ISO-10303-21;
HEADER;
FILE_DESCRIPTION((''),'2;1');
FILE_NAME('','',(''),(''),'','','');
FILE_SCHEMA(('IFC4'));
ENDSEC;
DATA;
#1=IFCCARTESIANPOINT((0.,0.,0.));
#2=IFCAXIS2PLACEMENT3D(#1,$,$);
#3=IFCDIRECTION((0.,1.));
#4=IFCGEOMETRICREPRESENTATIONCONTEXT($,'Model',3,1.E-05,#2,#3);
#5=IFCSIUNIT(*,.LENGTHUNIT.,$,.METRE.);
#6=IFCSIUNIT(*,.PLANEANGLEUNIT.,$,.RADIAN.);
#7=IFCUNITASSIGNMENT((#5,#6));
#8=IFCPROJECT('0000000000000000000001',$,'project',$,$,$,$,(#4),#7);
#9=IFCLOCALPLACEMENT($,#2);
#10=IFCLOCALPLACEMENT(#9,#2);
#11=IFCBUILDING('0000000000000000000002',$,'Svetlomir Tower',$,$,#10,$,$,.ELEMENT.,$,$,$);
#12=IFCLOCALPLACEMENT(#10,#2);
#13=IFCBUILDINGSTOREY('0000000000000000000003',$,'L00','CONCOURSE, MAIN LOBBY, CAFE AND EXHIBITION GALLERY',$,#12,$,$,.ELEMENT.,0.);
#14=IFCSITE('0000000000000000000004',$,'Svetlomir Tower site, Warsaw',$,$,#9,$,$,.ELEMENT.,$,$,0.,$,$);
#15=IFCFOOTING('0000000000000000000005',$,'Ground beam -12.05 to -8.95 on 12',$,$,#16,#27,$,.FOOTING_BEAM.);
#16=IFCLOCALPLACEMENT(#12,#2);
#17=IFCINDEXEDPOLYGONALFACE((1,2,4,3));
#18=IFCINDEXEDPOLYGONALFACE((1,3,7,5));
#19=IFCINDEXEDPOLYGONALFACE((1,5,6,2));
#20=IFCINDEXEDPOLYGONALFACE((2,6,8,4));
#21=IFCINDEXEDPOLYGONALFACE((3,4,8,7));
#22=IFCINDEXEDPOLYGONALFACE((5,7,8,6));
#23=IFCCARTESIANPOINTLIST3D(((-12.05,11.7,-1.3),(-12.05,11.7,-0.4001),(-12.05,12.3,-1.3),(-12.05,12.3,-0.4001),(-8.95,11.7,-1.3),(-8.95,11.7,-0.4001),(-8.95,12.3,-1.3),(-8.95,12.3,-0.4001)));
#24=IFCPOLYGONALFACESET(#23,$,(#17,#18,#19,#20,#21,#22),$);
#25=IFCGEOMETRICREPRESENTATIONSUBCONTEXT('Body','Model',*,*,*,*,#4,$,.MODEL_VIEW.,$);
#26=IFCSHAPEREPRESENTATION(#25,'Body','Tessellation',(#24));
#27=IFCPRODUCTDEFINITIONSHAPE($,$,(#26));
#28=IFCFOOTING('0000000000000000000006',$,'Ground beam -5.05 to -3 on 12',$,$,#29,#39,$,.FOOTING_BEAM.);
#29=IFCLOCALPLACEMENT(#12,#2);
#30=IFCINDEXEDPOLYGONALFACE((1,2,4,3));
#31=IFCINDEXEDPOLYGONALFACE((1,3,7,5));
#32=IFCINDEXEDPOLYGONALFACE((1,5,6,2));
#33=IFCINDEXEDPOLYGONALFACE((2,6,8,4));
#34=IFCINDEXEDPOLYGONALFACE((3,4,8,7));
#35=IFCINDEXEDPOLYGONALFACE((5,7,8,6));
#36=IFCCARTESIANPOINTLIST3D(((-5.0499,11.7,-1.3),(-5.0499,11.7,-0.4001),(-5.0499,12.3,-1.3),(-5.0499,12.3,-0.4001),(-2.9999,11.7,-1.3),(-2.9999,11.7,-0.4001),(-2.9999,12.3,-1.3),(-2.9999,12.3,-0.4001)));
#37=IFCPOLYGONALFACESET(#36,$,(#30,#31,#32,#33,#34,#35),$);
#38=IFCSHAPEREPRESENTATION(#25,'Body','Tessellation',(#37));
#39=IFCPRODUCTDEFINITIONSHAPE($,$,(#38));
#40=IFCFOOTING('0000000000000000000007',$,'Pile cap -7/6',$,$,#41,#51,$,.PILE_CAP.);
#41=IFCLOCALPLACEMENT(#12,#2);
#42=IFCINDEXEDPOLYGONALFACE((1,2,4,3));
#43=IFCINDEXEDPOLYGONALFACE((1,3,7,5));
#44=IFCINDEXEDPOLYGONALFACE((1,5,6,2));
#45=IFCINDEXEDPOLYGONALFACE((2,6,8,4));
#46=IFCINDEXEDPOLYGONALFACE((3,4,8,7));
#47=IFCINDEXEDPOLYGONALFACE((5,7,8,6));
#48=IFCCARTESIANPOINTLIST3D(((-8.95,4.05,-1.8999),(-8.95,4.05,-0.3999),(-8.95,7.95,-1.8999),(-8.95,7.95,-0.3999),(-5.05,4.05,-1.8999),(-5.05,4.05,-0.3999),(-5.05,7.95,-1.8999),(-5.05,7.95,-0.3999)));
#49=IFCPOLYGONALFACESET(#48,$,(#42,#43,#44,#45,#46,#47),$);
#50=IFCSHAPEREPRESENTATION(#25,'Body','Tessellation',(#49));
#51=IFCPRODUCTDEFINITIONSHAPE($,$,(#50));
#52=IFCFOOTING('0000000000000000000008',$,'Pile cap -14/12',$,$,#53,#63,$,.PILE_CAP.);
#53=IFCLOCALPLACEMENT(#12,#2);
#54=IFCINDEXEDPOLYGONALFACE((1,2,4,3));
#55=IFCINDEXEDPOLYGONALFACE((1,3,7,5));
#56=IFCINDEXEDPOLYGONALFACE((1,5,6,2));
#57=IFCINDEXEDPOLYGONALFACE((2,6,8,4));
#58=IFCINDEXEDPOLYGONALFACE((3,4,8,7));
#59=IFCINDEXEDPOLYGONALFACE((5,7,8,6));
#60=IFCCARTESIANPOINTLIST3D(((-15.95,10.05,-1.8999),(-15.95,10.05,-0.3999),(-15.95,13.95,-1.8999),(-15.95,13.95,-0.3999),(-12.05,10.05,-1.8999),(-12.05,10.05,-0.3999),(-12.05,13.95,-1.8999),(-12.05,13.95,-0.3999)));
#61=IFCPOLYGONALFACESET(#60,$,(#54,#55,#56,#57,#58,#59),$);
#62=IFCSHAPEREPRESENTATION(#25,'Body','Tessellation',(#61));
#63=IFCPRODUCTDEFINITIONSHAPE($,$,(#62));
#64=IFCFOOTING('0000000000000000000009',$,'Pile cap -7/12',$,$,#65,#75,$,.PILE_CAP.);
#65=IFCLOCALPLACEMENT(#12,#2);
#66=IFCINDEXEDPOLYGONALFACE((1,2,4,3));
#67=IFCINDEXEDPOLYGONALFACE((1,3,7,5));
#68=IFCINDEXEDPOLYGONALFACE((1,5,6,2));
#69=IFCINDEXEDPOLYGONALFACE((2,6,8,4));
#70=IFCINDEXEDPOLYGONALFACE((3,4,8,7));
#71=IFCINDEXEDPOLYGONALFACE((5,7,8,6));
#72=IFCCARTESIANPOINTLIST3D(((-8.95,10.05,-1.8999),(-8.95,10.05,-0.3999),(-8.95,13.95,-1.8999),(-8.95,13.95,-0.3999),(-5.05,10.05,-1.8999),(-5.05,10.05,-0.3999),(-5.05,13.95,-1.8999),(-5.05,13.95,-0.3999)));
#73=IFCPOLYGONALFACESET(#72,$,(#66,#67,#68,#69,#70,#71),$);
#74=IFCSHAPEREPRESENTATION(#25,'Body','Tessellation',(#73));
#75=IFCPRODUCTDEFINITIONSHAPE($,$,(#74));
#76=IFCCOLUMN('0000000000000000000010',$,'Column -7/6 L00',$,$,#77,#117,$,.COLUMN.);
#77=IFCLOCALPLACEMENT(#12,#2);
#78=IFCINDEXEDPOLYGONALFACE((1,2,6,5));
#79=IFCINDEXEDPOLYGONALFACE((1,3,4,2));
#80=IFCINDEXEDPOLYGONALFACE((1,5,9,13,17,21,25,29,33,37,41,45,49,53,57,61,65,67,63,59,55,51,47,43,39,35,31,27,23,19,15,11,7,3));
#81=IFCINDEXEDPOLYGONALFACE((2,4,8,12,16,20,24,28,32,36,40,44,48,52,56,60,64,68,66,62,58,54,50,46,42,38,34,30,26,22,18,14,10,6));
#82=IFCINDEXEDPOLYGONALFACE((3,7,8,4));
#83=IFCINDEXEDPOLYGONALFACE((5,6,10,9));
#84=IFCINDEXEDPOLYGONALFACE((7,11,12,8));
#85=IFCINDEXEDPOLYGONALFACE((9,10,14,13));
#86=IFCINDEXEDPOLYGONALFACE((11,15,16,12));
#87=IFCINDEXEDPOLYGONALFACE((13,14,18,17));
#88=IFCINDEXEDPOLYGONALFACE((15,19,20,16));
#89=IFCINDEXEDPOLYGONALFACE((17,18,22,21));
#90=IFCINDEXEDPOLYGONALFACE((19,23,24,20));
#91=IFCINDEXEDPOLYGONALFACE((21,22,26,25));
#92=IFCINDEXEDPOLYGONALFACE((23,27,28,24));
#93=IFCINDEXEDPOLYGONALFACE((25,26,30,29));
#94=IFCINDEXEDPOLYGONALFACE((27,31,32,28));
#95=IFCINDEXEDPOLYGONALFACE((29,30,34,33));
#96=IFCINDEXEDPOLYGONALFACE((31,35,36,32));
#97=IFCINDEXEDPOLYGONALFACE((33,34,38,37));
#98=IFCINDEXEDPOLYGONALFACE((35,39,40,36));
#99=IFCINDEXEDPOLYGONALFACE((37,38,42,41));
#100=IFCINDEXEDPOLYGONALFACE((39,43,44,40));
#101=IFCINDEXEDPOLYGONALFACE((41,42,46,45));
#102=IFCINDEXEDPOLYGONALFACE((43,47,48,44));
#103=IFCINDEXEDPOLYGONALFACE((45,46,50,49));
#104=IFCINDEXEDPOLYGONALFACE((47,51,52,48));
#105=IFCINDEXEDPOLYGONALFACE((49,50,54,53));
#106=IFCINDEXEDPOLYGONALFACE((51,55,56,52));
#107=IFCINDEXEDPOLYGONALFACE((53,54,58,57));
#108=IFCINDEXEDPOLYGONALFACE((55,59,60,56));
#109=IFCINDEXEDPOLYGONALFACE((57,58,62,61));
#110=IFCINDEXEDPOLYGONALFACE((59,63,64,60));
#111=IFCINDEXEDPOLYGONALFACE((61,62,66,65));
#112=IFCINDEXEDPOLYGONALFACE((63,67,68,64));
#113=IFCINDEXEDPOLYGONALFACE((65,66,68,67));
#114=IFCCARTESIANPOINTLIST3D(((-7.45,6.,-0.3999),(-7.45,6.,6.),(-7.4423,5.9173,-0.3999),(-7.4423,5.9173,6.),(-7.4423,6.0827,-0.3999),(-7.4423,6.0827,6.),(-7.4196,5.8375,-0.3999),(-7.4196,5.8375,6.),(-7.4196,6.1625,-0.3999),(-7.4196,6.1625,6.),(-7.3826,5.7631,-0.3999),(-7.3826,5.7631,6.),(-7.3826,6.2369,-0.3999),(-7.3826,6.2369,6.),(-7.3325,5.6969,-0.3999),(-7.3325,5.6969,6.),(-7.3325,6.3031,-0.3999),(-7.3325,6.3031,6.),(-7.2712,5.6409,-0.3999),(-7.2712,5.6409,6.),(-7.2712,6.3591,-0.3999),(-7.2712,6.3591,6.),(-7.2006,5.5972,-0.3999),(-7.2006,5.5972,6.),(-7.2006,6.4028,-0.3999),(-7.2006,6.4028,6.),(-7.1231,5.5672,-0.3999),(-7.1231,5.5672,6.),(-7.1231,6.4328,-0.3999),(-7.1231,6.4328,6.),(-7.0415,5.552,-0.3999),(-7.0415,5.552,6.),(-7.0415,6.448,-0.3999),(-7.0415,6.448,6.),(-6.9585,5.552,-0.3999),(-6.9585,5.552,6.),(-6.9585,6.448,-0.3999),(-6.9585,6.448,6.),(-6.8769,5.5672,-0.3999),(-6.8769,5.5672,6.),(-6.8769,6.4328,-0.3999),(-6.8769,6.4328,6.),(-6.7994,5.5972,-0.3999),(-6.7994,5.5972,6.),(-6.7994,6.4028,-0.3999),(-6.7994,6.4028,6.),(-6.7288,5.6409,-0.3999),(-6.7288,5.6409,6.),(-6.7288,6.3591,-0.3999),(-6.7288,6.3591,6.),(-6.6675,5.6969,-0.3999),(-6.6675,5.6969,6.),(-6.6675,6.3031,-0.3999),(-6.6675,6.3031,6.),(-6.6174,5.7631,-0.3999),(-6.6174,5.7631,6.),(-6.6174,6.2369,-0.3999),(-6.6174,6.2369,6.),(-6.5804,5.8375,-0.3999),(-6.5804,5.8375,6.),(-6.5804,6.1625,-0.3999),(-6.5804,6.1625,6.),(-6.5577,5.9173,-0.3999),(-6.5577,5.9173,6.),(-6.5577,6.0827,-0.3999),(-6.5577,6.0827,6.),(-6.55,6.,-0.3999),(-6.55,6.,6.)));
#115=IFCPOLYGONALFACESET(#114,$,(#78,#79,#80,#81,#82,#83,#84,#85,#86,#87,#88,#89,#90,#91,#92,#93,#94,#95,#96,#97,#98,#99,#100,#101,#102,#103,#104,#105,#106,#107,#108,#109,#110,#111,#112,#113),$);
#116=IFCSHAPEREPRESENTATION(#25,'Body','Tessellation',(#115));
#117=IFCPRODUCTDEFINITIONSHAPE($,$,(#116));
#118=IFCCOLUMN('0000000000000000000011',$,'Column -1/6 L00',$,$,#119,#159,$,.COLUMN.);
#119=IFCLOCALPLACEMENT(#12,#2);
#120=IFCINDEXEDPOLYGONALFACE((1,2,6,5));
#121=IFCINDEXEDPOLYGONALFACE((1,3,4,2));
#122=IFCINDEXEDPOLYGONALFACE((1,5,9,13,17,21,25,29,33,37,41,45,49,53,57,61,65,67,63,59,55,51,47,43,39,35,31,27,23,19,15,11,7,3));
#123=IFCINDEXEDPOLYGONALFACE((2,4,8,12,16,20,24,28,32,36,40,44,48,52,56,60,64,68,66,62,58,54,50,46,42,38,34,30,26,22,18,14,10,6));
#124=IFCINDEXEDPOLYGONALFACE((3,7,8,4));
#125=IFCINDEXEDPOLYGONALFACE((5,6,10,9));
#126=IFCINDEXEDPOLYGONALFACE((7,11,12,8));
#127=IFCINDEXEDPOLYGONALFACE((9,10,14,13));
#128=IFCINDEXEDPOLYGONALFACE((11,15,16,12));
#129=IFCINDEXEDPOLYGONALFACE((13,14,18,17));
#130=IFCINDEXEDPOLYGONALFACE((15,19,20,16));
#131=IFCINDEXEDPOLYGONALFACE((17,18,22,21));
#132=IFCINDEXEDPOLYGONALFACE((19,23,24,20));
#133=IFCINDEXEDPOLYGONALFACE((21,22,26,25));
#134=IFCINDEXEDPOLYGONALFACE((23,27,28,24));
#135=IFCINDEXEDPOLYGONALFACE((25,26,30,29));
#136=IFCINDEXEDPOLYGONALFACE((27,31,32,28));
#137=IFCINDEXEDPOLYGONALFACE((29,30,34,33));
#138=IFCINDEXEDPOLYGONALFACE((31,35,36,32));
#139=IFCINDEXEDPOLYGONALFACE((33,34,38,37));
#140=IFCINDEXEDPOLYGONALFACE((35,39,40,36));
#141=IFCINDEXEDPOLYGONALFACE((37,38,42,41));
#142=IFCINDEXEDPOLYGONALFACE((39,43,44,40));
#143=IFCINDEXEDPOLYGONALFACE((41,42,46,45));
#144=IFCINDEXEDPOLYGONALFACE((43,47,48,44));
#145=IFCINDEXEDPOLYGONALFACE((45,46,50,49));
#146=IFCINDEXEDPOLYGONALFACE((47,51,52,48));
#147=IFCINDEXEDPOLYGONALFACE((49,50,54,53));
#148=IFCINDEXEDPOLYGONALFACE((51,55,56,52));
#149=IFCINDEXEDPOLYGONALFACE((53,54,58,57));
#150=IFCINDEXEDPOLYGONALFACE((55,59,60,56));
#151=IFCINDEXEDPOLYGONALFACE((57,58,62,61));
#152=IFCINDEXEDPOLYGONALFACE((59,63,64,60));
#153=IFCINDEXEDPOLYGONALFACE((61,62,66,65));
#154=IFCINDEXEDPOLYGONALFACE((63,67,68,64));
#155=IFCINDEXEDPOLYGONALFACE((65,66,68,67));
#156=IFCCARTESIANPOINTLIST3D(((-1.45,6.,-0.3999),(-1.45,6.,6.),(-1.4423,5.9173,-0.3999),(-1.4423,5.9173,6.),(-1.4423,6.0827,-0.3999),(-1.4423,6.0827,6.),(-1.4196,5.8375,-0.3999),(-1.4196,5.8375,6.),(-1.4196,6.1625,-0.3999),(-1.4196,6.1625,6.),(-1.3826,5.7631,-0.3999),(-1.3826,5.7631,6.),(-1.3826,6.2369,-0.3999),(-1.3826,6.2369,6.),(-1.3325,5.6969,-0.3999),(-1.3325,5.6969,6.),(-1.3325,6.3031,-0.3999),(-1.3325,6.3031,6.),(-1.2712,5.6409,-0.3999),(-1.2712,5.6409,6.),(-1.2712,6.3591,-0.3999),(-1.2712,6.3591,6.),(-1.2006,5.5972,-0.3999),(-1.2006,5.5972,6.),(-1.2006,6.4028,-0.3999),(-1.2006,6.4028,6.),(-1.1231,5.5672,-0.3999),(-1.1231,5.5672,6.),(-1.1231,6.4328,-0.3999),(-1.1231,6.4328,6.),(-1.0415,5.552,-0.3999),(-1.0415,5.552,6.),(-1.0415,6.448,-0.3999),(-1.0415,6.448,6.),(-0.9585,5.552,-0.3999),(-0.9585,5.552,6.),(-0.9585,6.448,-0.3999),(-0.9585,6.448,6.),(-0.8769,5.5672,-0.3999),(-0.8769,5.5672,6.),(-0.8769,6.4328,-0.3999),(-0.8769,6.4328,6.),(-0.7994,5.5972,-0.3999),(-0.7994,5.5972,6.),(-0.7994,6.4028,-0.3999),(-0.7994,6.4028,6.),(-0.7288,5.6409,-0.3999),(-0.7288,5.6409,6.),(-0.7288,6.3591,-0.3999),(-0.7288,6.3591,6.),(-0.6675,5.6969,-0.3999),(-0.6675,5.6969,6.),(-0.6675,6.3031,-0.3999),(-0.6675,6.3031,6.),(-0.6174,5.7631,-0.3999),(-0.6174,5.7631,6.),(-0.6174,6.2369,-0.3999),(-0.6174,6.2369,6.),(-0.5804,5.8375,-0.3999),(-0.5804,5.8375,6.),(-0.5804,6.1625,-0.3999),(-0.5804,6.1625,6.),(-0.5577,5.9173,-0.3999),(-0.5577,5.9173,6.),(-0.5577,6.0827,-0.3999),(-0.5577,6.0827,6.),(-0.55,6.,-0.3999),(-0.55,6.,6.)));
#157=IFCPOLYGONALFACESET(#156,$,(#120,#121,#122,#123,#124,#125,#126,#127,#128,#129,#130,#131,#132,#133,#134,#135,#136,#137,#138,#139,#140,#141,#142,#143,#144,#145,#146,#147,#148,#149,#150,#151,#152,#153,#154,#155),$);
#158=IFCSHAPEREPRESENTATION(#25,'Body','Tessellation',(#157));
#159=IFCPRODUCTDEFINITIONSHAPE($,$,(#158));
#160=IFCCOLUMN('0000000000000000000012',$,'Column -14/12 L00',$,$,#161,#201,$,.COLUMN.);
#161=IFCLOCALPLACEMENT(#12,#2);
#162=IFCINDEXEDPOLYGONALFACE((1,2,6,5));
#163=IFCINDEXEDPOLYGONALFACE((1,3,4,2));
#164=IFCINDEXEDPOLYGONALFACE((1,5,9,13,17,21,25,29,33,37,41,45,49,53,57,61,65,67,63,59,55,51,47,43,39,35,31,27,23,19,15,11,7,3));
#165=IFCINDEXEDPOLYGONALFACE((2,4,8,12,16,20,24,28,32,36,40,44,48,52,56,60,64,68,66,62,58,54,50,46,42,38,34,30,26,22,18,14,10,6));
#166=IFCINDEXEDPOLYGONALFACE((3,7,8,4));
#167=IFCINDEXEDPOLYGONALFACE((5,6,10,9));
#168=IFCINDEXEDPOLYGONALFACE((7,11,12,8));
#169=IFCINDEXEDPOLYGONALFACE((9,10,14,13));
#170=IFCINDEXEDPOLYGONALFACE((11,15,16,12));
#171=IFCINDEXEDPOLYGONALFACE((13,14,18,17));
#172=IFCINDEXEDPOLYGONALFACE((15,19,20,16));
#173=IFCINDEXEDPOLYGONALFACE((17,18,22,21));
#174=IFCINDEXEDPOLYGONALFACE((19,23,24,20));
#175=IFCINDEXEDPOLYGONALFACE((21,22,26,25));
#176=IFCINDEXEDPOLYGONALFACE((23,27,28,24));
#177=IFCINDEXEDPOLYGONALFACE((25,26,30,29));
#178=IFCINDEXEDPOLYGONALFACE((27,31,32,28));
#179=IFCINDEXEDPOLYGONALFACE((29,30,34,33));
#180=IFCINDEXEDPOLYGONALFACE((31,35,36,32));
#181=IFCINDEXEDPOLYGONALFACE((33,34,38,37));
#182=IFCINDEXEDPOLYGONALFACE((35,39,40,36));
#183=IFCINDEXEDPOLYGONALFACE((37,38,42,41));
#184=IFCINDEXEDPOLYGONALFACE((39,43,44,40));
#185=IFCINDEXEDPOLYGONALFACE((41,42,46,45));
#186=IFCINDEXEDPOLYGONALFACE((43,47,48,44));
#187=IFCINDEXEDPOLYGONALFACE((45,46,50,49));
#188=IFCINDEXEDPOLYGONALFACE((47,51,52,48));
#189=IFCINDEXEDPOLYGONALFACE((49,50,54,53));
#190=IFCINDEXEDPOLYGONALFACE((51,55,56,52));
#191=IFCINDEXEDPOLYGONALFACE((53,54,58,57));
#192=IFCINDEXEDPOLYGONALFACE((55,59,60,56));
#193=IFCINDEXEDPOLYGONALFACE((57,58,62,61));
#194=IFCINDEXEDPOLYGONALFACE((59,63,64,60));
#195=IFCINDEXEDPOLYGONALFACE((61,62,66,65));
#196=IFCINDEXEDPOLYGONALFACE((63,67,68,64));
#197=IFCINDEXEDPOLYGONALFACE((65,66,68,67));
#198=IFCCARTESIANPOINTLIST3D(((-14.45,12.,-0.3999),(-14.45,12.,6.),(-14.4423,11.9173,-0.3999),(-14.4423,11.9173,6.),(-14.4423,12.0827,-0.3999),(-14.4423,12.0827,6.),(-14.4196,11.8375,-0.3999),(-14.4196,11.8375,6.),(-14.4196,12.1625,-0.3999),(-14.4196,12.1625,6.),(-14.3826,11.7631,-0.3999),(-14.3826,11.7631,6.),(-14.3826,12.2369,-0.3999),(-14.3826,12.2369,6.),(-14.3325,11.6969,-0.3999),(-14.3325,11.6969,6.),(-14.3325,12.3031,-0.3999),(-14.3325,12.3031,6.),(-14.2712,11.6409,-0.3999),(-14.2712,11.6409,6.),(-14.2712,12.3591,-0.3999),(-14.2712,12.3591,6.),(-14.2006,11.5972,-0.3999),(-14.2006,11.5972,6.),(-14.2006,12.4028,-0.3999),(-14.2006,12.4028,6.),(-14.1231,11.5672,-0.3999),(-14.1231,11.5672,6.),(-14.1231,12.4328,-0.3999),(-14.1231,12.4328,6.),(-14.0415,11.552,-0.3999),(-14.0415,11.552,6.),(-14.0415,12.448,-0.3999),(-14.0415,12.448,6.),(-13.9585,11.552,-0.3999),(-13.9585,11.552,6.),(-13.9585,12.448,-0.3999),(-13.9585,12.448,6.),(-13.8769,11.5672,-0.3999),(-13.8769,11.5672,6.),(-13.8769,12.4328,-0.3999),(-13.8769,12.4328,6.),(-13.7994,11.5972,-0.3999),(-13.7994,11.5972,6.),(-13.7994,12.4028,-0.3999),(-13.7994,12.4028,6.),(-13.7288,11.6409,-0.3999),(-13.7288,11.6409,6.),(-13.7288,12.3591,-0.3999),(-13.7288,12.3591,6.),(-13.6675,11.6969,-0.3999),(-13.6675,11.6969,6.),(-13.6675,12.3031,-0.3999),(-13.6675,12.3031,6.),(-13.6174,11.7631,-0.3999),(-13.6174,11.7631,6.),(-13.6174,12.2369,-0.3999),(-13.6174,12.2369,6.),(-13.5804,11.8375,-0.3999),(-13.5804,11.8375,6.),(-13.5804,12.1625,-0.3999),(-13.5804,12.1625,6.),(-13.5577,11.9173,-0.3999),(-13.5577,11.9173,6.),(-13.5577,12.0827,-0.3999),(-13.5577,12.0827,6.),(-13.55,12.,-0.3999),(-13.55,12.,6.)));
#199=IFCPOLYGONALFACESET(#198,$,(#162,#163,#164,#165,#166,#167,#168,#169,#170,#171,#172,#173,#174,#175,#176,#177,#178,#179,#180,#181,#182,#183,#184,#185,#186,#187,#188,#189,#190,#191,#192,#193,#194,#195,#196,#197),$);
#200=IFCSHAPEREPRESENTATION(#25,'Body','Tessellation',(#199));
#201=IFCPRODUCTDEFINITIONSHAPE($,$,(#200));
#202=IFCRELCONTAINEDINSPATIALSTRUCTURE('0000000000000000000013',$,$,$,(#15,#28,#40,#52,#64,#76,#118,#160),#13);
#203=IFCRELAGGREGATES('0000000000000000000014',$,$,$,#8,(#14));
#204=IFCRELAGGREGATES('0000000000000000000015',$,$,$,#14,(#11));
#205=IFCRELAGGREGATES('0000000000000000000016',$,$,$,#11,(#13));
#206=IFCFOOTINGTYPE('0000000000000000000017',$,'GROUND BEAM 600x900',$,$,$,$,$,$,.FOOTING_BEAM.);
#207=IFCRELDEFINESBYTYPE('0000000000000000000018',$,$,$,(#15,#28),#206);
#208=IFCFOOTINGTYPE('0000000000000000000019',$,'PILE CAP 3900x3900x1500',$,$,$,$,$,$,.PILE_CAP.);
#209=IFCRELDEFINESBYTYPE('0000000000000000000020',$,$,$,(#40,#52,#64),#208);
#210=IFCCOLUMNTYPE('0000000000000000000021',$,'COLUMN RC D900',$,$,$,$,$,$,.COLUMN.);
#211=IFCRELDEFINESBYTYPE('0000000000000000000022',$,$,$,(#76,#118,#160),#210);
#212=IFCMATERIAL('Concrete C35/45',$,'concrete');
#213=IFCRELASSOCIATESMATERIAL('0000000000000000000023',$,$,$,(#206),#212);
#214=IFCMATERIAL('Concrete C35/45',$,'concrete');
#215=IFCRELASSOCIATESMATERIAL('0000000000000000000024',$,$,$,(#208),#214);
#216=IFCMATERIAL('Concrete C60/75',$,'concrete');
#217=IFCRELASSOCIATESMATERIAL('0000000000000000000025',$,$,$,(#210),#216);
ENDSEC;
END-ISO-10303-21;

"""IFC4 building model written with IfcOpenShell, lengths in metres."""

from ifc_helpers import new_model, si_unit, direction, frame, origin, origin_2d, place, context, subcontext, project, spatial, rectangle, circle, extrude, material, material_profile, profile_set, type_object, element, save


model = new_model("IFC4")

# Units and contexts
model_context = context("Model", 3, precision=1e-05, world=origin(), true_north=direction((0.0, 1.0)))
body_context = subcontext(model_context, "Body", "Model", "MODEL_VIEW")
ifc_project = project(units=[si_unit("LENGTHUNIT", "METRE"), si_unit("PLANEANGLEUNIT", "RADIAN")], contexts=[model_context])

# Site, building, storey
site_placement = place(None, origin())
site = spatial("IfcSite", under=ifc_project, at=site_placement, Name="Svetlomir Tower site, Warsaw", CompositionType="ELEMENT", RefElevation=0.0)
building_placement = place(site_placement, origin())
building = spatial("IfcBuilding", under=site, at=building_placement, Name="Svetlomir Tower", CompositionType="ELEMENT")
storey_placement = place(building_placement, origin())
storey = spatial("IfcBuildingStorey", under=building, at=storey_placement, Name="L00", Description="CONCOURSE, MAIN LOBBY, CAFE AND EXHIBITION GALLERY", CompositionType="ELEMENT", Elevation=0.0)

# Footings
ifc_material_1 = material(Name="Concrete C35/45", Category="concrete")
footing_type_1 = type_object("IfcFootingType", Name="GROUND BEAM 600x900", PredefinedType="FOOTING_BEAM", material=ifc_material_1)
footing_1_placement = place(storey_placement, frame((-10.5, 12.0, -1.3), z_axis=(0.0, 0.0, 1.0), x_axis=(1.0, 0.0, 0.0)))
element("IfcFooting", 1, at=footing_1_placement, inside=storey, type_object=footing_type_1, Name="Ground beam -12.05 to -8.95 on 12", PredefinedType="FOOTING_BEAM", context=body_context, shape_type="SweptSolid", body=[
    extrude(rectangle(XDim=3.1001, YDim=0.6001, at=origin_2d()), origin(), (0.0, 0.0, 1.0), 0.8999),
])
footing_2_placement = place(storey_placement, frame((-4.0249, 12.0, -1.3), z_axis=(0.0, 0.0, 1.0), x_axis=(1.0, 0.0, 0.0)))
element("IfcFooting", 2, at=footing_2_placement, inside=storey, type_object=footing_type_1, Name="Ground beam -5.05 to -3 on 12", PredefinedType="FOOTING_BEAM", context=body_context, shape_type="SweptSolid", body=[
    extrude(rectangle(XDim=2.05, YDim=0.6001, at=origin_2d()), origin(), (0.0, 0.0, 1.0), 0.8999),
])
ifc_material_2 = material(Name="Concrete C35/45", Category="concrete")
footing_type_2 = type_object("IfcFootingType", Name="PILE CAP 3900x3900x1500", PredefinedType="PILE_CAP", material=ifc_material_2)
for number, where, z_axis, x_axis, name in (
    (3, (-7.0, 6.0, -1.8999), (0.0, 0.0, 1.0), (1.0, 0.0, 0.0), "Pile cap -7/6"),
    (4, (-14.0, 12.0, -1.8999), (0.0, 0.0, 1.0), (1.0, 0.0, 0.0), "Pile cap -14/12"),
    (5, (-7.0, 12.0, -1.8999), (0.0, 0.0, 1.0), (1.0, 0.0, 0.0), "Pile cap -7/12"),
):
    element("IfcFooting", number, at=place(storey_placement, frame(where, z_axis=z_axis, x_axis=x_axis)), inside=storey, type_object=footing_type_2, Name=name, PredefinedType="PILE_CAP", context=body_context, shape_type="SweptSolid", body=[
        extrude(rectangle(XDim=3.8999, YDim=3.8999, at=origin_2d()), origin(), (0.0, 0.0, 1.0), 1.5),
    ])

# Columns
ifc_material_3 = material(Name="Concrete C60/75", Category="concrete")
ifc_material_profile_1 = material_profile(ifc_material_3, circle(Radius=0.45, at=origin_2d()), Name="RC D900")
ifc_profile_set_1 = profile_set([ifc_material_profile_1], Name="Concrete C60/75")
column_type = type_object("IfcColumnType", Name="COLUMN RC D900", PredefinedType="COLUMN", material=ifc_profile_set_1)
for number, where, z_axis, x_axis, name in (
    (6, (-7.0, 6.0, -0.3999), (0.0, 0.0, 1.0), (1.0, 0.0, 0.0), "Column -7/6 L00"),
    (7, (-1.0, 6.0, -0.3999), (0.0, 0.0, 1.0), (1.0, 0.0, 0.0), "Column -1/6 L00"),
    (8, (-14.0, 12.0, -0.3999), (0.0, 0.0, 1.0), (1.0, 0.0, 0.0), "Column -14/12 L00"),
):
    element("IfcColumn", number, at=place(storey_placement, frame(where, z_axis=z_axis, x_axis=x_axis)), inside=storey, type_object=column_type, Name=name, PredefinedType="COLUMN", context=body_context, shape_type="SweptSolid", body=[
        extrude(circle(Radius=0.45, at=origin_2d()), origin(), (0.0, 0.0, 1.0), 6.3999),
    ])

save(model, "model.ifc")
